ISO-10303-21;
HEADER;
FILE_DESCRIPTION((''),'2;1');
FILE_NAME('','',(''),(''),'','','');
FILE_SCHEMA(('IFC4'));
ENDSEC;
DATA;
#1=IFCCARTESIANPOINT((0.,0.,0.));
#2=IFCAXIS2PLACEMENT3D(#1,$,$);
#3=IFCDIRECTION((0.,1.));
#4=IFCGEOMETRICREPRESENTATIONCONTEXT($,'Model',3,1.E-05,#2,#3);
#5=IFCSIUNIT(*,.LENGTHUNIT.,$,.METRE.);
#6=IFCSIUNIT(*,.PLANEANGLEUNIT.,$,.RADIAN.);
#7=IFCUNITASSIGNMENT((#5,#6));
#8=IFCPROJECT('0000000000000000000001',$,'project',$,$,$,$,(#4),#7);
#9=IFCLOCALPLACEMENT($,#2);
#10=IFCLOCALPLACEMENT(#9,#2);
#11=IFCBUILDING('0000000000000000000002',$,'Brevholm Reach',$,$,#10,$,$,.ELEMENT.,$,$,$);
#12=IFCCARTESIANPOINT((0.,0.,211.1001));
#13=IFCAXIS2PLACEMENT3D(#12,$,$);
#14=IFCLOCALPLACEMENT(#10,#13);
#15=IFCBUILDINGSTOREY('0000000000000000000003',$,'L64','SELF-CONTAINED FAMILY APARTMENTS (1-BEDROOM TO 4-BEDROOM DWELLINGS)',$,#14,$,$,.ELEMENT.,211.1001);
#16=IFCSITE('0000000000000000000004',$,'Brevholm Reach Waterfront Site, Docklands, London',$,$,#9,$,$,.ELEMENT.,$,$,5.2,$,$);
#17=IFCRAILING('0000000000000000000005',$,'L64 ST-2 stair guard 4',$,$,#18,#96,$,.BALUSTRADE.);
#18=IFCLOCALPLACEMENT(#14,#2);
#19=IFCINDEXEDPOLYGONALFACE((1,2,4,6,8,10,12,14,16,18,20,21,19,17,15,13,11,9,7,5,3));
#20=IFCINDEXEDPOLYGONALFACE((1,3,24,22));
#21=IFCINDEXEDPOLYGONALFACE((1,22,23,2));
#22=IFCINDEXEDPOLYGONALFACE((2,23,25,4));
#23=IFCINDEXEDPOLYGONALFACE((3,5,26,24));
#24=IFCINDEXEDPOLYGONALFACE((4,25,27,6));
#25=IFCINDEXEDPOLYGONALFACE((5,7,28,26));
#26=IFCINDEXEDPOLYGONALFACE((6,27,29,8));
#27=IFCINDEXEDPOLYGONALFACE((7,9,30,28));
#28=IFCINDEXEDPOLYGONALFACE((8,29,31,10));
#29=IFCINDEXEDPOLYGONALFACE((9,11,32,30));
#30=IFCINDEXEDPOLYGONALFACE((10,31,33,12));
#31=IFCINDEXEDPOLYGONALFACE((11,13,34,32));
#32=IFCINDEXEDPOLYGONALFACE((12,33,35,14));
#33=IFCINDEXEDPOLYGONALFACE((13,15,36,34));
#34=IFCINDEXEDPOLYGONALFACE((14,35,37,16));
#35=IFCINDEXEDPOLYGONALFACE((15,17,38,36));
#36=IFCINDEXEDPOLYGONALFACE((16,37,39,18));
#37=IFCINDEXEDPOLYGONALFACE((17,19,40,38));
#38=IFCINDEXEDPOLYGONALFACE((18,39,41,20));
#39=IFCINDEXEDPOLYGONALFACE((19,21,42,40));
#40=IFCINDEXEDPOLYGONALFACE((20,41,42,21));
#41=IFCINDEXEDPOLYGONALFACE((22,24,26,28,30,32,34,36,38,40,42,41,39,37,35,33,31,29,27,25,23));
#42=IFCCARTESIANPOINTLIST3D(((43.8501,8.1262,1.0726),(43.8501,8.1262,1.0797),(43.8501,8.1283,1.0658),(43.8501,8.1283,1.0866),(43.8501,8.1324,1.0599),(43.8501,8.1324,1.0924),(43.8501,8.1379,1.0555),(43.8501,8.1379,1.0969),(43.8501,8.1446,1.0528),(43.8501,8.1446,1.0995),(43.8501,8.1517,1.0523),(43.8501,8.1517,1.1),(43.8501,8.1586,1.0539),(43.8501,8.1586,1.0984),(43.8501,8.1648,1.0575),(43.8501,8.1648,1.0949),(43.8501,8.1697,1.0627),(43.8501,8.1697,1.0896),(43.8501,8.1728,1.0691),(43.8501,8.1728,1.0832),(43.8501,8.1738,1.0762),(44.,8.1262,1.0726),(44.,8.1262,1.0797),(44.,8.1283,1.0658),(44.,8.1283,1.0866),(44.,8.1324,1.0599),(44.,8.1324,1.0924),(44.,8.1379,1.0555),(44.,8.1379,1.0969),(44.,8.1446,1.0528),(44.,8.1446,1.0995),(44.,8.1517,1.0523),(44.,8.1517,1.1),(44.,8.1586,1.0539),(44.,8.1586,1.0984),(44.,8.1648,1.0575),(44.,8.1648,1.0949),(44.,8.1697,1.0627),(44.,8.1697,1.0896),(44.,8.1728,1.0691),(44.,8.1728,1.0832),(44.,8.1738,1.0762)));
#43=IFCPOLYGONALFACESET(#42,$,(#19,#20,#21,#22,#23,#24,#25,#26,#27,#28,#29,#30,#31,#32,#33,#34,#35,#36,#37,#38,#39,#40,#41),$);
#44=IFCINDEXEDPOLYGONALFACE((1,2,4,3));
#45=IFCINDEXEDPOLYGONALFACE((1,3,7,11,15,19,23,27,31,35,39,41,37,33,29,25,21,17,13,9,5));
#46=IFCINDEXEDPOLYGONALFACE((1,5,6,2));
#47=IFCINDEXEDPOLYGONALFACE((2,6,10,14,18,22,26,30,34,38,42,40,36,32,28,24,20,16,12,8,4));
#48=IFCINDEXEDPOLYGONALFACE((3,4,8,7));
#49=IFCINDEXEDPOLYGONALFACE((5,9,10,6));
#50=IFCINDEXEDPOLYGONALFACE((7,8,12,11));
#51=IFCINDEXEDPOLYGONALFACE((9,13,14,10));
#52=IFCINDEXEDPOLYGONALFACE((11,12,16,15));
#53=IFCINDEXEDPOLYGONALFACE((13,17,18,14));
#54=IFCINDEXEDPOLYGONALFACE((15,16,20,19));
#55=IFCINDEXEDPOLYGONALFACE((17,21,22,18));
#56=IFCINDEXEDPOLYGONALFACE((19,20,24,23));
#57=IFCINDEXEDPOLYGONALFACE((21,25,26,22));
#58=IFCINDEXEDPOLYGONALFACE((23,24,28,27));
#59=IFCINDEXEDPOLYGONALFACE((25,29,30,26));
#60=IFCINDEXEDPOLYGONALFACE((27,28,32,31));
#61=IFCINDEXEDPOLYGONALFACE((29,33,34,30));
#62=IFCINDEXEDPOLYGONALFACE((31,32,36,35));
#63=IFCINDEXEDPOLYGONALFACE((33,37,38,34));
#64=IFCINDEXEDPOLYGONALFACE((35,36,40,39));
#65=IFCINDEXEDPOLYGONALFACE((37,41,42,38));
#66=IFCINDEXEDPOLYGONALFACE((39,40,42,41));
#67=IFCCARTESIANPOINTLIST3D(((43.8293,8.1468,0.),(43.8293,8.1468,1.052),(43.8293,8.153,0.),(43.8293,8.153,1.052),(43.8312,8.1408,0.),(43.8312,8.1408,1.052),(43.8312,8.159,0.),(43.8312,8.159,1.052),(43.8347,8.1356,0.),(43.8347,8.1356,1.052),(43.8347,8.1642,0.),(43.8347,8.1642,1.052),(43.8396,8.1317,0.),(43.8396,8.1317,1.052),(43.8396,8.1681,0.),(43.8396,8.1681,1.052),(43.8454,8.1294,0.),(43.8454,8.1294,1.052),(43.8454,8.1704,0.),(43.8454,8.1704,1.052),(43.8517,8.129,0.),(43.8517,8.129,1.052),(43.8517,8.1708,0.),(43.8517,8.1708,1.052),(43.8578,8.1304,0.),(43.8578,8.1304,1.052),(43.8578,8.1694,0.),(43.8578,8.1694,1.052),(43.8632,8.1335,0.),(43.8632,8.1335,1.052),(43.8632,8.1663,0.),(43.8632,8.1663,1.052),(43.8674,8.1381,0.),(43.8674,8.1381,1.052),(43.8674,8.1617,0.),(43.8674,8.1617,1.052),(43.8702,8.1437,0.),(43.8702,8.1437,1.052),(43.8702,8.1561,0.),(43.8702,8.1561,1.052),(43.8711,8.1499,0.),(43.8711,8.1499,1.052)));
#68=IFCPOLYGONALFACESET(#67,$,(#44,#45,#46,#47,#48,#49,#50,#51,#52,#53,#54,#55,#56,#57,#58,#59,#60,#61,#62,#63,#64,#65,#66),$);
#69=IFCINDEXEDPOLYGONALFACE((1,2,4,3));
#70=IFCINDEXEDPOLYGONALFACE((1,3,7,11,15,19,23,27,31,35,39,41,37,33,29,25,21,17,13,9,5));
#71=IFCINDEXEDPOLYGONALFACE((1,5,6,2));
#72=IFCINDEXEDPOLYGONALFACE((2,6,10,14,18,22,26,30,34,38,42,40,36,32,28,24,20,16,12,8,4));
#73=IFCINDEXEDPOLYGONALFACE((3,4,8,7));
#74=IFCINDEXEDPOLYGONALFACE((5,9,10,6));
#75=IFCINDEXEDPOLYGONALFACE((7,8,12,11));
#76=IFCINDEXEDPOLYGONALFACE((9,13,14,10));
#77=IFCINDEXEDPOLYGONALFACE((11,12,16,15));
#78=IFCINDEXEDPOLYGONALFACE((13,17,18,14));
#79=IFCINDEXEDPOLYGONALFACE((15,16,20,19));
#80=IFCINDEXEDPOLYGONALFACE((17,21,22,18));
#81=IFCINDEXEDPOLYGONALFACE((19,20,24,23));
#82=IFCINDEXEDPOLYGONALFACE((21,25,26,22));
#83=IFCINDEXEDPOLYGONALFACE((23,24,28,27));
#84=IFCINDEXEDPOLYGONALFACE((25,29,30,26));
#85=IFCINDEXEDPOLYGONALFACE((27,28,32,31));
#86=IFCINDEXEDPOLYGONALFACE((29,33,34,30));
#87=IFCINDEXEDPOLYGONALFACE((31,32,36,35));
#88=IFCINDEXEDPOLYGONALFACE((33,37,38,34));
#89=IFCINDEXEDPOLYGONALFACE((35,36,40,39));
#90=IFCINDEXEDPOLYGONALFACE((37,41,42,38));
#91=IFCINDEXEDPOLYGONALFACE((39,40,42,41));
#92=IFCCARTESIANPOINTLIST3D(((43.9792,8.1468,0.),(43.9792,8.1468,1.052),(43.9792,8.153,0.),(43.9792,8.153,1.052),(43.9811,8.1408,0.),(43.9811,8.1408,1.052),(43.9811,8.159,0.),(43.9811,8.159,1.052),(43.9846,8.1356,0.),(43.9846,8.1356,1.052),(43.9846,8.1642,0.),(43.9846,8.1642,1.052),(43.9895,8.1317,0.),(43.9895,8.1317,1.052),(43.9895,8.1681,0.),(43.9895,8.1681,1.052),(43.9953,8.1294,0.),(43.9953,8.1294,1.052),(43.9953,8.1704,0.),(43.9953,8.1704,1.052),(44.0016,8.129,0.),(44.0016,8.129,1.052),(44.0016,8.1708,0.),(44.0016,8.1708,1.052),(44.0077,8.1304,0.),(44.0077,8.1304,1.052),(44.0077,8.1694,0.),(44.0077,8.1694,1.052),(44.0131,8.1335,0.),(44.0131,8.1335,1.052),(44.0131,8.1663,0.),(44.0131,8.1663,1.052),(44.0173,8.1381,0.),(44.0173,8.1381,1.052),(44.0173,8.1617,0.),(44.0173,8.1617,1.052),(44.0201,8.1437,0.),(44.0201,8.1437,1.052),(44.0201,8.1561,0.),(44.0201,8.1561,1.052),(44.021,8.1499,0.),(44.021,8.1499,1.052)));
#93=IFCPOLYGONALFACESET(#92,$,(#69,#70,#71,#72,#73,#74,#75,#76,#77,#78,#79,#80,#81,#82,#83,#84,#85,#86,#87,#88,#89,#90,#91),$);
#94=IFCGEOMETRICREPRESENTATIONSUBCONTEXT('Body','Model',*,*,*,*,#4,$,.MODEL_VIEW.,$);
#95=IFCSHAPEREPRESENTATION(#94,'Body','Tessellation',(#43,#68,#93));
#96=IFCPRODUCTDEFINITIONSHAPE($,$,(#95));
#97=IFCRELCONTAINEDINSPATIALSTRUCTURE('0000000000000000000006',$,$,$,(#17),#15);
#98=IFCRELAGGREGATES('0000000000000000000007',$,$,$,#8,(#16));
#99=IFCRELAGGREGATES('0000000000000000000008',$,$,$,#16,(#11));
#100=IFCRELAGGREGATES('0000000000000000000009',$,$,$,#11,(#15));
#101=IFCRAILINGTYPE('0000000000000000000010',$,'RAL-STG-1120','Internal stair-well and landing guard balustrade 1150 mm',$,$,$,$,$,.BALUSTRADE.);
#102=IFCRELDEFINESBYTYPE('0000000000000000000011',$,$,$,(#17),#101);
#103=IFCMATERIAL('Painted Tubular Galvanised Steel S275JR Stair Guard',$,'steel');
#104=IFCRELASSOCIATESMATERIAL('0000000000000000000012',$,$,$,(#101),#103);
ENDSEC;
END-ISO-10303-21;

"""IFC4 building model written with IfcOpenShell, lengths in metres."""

from ifc_helpers import new_model, si_unit, direction, frame, origin, origin_2d, place, context, subcontext, project, spatial, circle, extrude, material, type_object, element, save


model = new_model("IFC4")

# Units and contexts
model_context = context("Model", 3, precision=1e-05, world=origin(), true_north=direction((0.0, 1.0)))
body_context = subcontext(model_context, "Body", "Model", "MODEL_VIEW")
ifc_project = project(units=[si_unit("LENGTHUNIT", "METRE"), si_unit("PLANEANGLEUNIT", "RADIAN")], contexts=[model_context])

# Site, building, storey
site_placement = place(None, origin())
site = spatial("IfcSite", under=ifc_project, at=site_placement, Name="Brevholm Reach Waterfront Site, Docklands, London", CompositionType="ELEMENT", RefElevation=5.2)
building_placement = place(site_placement, origin())
building = spatial("IfcBuilding", under=site, at=building_placement, Name="Brevholm Reach", CompositionType="ELEMENT")
storey_placement = place(building_placement, frame((0.0, 0.0, 211.1001)))
storey = spatial("IfcBuildingStorey", under=building, at=storey_placement, Name="L64", Description="SELF-CONTAINED FAMILY APARTMENTS (1-BEDROOM TO 4-BEDROOM DWELLINGS)", CompositionType="ELEMENT", Elevation=211.1001)

# Railing
ifc_material_1 = material(Name="Painted Tubular Galvanised Steel S275JR Stair Guard", Category="steel")
railing_type_1 = type_object("IfcRailingType", Name="RAL-STG-1120", Description="Internal stair-well and landing guard balustrade 1150 mm", PredefinedType="BALUSTRADE", material=ifc_material_1)
railing_1_placement = place(storey_placement, frame((43.8501, 8.1499, 0.0)))
element("IfcRailing", 1, at=railing_1_placement, inside=storey, type_object=railing_type_1, Name="L64 ST-2 stair guard 4", PredefinedType="BALUSTRADE", context=body_context, shape_type="SweptSolid", body=[
    extrude(circle(Radius=0.0239, at=origin_2d()), frame((0.0, 0.0, 1.0762), z_axis=(1.0, 0.0, 0.0), x_axis=(0.0, 1.0, 0.0)), (0.0, 0.0, 1.0), 0.1499),
    extrude(circle(Radius=0.021, at=origin_2d()), origin(), (0.0, 0.0, 1.0), 1.052),
    extrude(circle(Radius=0.021, at=origin_2d()), frame((0.1499, 0.0, 0.0)), (0.0, 0.0, 1.0), 1.052),
])

save(model, "model.ifc")
